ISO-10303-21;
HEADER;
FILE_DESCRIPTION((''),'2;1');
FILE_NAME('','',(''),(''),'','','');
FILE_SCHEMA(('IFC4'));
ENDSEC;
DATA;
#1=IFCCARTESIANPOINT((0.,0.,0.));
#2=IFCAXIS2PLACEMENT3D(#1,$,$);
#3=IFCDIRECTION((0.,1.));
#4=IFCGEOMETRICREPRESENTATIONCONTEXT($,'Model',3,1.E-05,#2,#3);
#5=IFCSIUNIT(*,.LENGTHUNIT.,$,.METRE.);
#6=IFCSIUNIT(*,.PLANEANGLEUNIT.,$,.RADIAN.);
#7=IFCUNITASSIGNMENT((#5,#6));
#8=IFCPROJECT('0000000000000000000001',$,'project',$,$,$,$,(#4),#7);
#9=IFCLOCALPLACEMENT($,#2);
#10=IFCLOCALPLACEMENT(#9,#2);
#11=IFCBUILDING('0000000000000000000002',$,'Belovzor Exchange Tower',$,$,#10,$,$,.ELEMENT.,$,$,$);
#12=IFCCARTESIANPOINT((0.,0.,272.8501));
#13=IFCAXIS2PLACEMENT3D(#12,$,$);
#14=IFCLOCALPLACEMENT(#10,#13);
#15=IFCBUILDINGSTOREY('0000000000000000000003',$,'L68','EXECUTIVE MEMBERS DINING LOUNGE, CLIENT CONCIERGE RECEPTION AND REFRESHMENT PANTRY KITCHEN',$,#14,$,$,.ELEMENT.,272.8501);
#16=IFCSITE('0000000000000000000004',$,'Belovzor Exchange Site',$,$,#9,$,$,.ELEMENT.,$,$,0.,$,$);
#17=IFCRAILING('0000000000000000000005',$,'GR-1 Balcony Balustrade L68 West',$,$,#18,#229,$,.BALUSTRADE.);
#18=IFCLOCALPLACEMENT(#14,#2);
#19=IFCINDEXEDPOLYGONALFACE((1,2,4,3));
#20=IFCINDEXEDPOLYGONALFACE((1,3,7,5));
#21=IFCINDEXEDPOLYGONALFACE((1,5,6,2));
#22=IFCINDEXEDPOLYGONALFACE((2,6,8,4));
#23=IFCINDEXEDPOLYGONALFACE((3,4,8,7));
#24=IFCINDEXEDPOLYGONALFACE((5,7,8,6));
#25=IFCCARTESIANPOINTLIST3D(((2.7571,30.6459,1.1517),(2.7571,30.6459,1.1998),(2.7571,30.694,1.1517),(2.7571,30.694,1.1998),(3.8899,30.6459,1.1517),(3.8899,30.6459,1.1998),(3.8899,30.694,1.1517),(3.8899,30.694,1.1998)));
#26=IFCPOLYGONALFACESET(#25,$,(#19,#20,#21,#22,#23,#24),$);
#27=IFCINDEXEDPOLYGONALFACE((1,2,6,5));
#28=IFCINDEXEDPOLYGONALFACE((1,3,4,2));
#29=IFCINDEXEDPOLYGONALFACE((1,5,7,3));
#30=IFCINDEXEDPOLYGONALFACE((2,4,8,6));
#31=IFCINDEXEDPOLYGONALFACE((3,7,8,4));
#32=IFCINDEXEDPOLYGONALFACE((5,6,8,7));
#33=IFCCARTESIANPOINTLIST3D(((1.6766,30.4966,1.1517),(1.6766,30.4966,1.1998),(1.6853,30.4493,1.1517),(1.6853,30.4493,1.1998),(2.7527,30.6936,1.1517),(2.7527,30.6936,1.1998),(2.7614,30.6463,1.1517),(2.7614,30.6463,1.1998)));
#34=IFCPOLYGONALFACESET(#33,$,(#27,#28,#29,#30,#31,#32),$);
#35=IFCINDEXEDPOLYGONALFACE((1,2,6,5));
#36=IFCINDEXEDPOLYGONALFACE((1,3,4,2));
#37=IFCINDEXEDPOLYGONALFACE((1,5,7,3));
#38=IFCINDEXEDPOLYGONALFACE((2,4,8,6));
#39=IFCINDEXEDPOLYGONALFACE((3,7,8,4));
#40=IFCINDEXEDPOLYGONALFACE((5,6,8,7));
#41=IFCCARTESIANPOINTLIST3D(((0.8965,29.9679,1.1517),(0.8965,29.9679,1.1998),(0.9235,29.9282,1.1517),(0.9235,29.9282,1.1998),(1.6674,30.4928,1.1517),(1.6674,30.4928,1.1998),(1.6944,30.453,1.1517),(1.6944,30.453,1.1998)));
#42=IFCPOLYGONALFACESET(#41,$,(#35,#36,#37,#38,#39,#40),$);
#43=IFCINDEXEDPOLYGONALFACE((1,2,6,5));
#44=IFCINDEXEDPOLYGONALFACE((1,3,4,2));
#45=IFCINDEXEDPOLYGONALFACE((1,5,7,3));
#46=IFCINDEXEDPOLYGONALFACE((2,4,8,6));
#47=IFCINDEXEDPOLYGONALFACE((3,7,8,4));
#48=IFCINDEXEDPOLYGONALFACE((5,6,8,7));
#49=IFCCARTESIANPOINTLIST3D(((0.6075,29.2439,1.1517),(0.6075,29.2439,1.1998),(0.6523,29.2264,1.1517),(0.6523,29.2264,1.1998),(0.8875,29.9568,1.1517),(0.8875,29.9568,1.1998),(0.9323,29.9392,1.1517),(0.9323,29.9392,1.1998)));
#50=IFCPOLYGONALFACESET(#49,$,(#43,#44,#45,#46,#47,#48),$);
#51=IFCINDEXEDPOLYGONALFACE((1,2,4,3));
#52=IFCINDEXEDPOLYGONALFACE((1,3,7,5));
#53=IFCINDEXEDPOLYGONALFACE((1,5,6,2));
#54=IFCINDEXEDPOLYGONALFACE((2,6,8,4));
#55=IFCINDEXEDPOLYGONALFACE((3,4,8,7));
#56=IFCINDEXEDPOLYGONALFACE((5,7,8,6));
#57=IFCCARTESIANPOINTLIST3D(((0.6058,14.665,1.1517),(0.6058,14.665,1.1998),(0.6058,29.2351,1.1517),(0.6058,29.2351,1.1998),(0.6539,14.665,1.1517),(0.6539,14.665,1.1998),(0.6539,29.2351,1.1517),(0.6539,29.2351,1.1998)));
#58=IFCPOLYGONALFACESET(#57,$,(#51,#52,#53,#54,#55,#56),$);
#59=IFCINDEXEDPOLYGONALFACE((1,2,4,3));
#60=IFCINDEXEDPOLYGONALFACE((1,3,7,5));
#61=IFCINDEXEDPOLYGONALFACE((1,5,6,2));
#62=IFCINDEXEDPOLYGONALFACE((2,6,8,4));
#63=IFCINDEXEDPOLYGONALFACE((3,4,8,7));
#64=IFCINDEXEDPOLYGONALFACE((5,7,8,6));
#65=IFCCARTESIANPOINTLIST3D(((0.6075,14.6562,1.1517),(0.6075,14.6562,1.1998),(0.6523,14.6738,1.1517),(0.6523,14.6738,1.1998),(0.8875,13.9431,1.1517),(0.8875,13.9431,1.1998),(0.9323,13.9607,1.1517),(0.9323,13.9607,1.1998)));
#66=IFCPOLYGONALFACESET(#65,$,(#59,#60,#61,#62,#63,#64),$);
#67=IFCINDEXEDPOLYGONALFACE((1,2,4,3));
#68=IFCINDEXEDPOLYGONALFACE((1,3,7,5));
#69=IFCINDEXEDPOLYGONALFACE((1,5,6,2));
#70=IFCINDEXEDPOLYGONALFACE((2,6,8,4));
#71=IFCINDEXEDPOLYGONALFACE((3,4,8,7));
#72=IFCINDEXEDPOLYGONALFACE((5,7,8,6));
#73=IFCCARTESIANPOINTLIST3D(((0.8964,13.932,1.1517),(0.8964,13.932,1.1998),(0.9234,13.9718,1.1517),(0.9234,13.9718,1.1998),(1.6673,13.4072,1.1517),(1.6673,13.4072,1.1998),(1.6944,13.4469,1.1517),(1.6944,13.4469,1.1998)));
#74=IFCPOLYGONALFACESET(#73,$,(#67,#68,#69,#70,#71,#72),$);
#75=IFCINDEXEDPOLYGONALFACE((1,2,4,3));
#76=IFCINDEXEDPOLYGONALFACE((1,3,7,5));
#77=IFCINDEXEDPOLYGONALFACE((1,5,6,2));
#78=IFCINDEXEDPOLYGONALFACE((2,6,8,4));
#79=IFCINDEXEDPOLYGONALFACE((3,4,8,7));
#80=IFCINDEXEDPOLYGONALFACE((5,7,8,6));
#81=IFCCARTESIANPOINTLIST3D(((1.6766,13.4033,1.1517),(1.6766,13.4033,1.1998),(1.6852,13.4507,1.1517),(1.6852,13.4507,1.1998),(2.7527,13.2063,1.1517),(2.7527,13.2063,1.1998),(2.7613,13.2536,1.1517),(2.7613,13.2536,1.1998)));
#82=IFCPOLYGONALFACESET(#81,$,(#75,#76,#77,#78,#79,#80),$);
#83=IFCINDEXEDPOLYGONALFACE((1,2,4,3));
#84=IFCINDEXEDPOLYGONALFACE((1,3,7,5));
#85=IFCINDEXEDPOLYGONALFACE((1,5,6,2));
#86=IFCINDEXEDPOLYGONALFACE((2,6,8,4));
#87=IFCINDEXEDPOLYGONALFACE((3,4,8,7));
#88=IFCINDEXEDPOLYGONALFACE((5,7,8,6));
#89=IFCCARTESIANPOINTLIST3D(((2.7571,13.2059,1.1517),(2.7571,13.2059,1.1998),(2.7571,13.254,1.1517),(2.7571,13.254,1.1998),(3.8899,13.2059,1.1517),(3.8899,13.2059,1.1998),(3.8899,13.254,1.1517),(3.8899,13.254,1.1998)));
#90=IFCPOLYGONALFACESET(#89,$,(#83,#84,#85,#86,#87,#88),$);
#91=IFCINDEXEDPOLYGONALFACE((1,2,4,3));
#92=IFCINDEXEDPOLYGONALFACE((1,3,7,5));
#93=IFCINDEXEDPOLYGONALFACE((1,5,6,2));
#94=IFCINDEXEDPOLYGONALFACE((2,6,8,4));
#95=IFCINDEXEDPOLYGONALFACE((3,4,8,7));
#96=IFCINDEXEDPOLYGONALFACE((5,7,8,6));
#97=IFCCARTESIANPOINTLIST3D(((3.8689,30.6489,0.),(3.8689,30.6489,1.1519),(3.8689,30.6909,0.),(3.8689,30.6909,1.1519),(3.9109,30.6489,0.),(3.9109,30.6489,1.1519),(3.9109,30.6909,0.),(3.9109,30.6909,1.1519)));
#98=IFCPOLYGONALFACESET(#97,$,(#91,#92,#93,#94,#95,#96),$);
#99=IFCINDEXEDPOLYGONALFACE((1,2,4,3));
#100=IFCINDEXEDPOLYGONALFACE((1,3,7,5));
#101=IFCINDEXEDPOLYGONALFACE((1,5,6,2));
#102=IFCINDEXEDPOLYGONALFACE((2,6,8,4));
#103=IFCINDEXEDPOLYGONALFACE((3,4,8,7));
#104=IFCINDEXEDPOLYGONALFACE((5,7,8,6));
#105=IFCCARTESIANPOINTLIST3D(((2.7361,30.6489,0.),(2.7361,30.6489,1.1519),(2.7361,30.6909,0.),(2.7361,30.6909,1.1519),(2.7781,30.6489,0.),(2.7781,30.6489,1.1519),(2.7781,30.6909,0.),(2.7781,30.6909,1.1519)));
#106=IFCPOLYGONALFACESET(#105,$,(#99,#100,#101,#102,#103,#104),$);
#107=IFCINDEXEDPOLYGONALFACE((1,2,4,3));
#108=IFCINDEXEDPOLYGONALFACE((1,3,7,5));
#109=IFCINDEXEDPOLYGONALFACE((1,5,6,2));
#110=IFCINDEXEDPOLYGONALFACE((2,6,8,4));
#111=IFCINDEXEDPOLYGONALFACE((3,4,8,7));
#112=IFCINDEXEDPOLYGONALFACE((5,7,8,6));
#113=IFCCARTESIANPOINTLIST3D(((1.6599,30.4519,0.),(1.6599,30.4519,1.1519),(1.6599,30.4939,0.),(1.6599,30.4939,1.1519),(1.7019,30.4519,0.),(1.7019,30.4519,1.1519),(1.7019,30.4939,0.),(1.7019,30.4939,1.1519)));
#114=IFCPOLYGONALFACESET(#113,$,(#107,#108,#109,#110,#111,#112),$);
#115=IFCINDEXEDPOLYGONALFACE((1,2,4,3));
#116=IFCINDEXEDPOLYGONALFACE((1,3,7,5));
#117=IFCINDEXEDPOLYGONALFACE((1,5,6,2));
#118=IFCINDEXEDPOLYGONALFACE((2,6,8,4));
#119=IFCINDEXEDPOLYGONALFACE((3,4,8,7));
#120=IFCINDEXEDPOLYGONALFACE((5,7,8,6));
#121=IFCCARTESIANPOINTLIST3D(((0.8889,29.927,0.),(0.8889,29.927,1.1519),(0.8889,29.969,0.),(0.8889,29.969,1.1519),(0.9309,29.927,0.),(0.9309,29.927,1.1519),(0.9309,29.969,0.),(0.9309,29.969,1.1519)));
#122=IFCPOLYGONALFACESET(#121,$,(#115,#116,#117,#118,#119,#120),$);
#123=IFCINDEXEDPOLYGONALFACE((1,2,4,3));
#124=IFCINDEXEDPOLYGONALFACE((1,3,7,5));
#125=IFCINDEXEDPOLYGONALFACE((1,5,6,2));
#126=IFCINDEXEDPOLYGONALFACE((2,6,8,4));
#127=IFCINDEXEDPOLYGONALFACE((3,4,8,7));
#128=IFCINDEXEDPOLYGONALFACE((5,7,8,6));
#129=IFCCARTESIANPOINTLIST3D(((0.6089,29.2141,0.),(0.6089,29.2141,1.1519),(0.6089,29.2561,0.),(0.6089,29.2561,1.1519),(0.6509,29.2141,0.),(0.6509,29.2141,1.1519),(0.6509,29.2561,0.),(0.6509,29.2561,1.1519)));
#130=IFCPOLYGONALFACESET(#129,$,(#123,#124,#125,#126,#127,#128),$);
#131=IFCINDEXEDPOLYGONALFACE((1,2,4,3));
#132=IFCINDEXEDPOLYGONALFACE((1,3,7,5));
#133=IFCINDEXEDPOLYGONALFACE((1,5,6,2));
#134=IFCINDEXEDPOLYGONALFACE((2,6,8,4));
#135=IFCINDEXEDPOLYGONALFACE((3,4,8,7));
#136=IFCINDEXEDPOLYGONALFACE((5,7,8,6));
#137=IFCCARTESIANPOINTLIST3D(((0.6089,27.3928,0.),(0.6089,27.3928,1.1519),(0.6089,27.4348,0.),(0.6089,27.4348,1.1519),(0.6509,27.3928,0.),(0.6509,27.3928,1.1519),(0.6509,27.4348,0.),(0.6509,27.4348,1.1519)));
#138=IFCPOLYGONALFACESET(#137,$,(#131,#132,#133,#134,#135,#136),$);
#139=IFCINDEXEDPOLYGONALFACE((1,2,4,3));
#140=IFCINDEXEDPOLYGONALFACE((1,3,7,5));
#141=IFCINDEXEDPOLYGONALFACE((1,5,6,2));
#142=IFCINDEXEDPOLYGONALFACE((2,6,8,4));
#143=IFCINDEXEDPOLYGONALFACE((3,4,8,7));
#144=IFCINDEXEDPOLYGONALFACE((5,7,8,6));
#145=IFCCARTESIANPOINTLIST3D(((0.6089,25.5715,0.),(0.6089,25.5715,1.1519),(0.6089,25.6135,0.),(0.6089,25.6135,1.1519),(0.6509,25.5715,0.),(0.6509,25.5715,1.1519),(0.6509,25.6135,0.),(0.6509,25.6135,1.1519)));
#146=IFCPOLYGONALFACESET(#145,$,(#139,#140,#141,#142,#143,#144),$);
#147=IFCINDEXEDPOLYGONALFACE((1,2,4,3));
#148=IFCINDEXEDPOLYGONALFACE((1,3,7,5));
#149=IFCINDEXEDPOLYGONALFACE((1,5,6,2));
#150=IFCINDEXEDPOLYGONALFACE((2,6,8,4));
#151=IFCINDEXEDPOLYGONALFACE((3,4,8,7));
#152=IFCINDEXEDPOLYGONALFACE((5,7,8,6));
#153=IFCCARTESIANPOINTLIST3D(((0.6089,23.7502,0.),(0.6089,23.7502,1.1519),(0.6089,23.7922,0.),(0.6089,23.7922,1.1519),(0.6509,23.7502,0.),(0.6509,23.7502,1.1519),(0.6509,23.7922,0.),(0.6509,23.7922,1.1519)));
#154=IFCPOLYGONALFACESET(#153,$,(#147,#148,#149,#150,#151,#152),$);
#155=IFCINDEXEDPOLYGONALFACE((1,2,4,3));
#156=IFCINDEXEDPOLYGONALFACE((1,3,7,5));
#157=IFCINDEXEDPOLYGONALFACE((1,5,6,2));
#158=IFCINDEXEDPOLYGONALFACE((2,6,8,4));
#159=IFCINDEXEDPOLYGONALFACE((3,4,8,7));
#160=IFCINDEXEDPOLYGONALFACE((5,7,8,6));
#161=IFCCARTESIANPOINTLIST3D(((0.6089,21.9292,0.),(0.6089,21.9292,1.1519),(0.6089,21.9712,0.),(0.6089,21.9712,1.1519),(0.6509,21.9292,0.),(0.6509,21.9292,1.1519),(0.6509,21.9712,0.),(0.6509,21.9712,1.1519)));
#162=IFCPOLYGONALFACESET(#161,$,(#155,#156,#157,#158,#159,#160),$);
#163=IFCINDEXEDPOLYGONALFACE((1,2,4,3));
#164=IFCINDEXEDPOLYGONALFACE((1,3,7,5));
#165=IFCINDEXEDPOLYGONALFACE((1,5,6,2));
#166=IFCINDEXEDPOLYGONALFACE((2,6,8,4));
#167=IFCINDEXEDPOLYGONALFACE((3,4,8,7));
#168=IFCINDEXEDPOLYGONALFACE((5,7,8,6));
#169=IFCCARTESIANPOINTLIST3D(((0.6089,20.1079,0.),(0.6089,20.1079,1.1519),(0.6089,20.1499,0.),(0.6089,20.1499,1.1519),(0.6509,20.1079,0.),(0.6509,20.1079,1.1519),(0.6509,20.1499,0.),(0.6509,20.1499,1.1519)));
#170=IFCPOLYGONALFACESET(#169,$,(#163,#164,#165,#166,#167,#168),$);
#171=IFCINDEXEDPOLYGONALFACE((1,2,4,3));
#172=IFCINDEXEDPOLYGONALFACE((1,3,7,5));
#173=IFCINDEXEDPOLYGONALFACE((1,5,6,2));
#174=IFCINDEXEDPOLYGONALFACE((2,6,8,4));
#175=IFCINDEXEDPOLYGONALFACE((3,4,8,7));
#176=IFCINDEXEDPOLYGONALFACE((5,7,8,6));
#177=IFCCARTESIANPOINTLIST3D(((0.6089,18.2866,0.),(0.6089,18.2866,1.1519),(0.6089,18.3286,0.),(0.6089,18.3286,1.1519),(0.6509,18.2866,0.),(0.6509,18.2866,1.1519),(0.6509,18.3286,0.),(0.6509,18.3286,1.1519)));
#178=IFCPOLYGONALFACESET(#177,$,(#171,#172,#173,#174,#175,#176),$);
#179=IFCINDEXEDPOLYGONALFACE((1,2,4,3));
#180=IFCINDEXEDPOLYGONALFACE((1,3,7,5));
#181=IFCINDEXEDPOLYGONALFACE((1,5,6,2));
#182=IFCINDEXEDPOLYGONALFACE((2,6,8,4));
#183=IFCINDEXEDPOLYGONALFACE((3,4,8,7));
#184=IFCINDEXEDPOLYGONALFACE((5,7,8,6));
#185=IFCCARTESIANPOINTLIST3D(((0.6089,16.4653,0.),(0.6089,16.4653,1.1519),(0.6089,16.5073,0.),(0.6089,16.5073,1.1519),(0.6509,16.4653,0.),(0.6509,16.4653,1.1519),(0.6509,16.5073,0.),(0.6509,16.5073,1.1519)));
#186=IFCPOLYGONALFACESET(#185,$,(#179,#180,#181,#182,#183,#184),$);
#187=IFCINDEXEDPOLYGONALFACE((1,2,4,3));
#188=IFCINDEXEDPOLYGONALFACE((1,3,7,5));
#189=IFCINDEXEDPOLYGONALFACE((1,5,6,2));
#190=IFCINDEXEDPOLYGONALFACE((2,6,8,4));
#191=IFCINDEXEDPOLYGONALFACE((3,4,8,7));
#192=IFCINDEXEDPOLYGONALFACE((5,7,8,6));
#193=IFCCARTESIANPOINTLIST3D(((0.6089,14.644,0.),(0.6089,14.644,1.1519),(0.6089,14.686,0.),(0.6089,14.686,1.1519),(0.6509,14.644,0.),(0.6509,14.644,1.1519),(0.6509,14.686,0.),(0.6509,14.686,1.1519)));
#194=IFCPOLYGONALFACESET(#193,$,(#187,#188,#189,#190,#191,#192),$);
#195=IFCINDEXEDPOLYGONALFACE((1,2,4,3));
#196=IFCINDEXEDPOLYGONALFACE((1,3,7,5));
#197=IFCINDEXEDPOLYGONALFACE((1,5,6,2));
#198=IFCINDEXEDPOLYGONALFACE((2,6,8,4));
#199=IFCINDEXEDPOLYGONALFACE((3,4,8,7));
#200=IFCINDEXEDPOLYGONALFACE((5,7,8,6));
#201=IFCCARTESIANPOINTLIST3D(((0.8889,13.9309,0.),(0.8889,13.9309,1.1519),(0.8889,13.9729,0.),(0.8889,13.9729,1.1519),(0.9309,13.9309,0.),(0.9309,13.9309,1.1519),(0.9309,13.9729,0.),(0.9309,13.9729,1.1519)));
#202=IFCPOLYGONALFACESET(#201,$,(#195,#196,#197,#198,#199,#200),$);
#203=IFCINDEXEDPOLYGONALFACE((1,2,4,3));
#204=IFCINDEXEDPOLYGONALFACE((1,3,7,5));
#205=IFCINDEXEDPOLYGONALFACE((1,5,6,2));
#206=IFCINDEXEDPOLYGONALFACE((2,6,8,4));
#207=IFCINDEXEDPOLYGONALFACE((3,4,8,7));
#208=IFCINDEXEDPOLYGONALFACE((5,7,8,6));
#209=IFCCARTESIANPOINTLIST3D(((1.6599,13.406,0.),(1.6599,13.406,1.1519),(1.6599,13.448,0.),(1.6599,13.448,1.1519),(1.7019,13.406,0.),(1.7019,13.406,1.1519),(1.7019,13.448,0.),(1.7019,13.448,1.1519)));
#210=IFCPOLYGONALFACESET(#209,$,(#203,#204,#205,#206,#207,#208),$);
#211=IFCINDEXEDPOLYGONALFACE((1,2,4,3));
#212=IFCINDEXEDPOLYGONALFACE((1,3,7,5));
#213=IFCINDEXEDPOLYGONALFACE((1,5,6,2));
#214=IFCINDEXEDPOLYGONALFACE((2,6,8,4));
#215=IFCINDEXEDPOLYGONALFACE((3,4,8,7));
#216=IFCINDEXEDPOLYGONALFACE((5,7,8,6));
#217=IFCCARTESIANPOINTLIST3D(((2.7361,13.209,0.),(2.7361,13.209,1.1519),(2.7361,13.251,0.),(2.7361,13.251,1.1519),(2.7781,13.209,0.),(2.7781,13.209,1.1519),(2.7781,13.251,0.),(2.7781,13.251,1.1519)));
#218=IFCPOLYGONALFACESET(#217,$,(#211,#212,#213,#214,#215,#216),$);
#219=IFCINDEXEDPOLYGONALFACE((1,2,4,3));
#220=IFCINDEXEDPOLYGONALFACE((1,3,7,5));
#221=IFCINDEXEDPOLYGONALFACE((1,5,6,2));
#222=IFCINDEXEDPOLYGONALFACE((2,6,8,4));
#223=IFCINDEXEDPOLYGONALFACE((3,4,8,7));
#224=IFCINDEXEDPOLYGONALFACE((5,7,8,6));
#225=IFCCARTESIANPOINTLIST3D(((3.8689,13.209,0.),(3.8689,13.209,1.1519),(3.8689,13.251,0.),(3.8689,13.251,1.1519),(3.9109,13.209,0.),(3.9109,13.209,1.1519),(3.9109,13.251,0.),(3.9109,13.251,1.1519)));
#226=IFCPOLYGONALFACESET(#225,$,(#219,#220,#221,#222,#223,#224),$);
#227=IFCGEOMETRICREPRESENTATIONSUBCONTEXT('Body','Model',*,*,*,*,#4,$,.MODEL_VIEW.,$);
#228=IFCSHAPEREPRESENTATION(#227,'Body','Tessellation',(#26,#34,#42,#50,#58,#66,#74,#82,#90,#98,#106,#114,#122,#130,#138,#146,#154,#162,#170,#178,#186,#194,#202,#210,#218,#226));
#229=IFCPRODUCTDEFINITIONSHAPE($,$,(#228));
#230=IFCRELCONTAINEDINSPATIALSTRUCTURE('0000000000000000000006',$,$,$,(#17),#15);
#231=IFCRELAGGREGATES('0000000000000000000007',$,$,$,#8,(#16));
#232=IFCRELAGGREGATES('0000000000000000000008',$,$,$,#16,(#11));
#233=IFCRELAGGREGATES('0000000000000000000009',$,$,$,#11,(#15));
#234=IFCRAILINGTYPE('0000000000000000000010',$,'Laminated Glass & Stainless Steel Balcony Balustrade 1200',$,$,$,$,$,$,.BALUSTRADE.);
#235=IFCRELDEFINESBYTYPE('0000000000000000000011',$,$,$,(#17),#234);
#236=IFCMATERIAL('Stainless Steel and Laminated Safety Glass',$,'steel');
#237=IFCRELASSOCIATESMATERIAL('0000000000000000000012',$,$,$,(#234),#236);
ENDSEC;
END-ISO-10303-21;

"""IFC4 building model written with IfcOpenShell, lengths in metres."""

from ifc_helpers import new_model, si_unit, direction, frame, origin, origin_2d, place, context, subcontext, project, spatial, rectangle, extrude, material, type_object, element, save


model = new_model("IFC4")

# Units and contexts
model_context = context("Model", 3, precision=1e-05, world=origin(), true_north=direction((0.0, 1.0)))
body_context = subcontext(model_context, "Body", "Model", "MODEL_VIEW")
ifc_project = project(units=[si_unit("LENGTHUNIT", "METRE"), si_unit("PLANEANGLEUNIT", "RADIAN")], contexts=[model_context])

# Site, building, storey
site_placement = place(None, origin())
site = spatial("IfcSite", under=ifc_project, at=site_placement, Name="Belovzor Exchange Site", CompositionType="ELEMENT", RefElevation=0.0)
building_placement = place(site_placement, origin())
building = spatial("IfcBuilding", under=site, at=building_placement, Name="Belovzor Exchange Tower", CompositionType="ELEMENT")
storey_placement = place(building_placement, frame((0.0, 0.0, 272.8501)))
storey = spatial("IfcBuildingStorey", under=building, at=storey_placement, Name="L68", Description="EXECUTIVE MEMBERS DINING LOUNGE, CLIENT CONCIERGE RECEPTION AND REFRESHMENT PANTRY KITCHEN", CompositionType="ELEMENT", Elevation=272.8501)

# Railing
ifc_material_1 = material(Name="Stainless Steel and Laminated Safety Glass", Category="steel")
railing_type = type_object("IfcRailingType", Name="Laminated Glass & Stainless Steel Balcony Balustrade 1200", PredefinedType="BALUSTRADE", material=ifc_material_1)
railing_placement = place(storey_placement, frame((3.8899, 30.6699, 0.0)))
element("IfcRailing", 1, at=railing_placement, inside=storey, type_object=railing_type, Name="GR-1 Balcony Balustrade L68 West", PredefinedType="BALUSTRADE", context=body_context, shape_type="SweptSolid", body=[
    extrude(rectangle(XDim=0.0481, YDim=0.0481, at=origin_2d()), frame((0.0, 0.0, 1.1758), z_axis=(-1.0, 0.0, 0.0), x_axis=(0.0, -1.0, 0.0)), (0.0, 0.0, 1.0), 1.1328),
    extrude(rectangle(XDim=0.0481, YDim=0.0481, at=origin_2d()), frame((-1.1328, 0.0, 1.1758), z_axis=(-0.983651, -0.180083, 0.0), x_axis=(0.180083, -0.983651, 0.0)), (0.0, 0.0, 1.0), 1.094),
    extrude(rectangle(XDim=0.0481, YDim=0.0481, at=origin_2d()), frame((-2.209, -0.197, 1.1758), z_axis=(-0.826615, -0.562768, 0.0), x_axis=(0.562768, -0.826615, 0.0)), (0.0, 0.0, 1.0), 0.9326),
    extrude(rectangle(XDim=0.0481, YDim=0.0481, at=origin_2d()), frame((-2.98, -0.7219, 1.1758), z_axis=(-0.365613, -0.930767, 0.0), x_axis=(0.930767, -0.365613, 0.0)), (0.0, 0.0, 1.0), 0.7659),
    extrude(rectangle(XDim=0.0481, YDim=0.0481, at=origin_2d()), frame((-3.26, -1.4348, 1.1758), z_axis=(0.0, -1.0, 0.0), x_axis=(1.0, 0.0, 0.0)), (0.0, 0.0, 1.0), 14.5701),
    extrude(rectangle(XDim=0.0481, YDim=0.0481, at=origin_2d()), frame((-3.26, -16.0049, 1.1758), z_axis=(0.365504, -0.93081, 0.0), x_axis=(0.93081, 0.365504, 0.0)), (0.0, 0.0, 1.0), 0.7661),
    extrude(rectangle(XDim=0.0481, YDim=0.0481, at=origin_2d()), frame((-2.98, -16.718, 1.1758), z_axis=(0.826615, -0.562768, 0.0), x_axis=(0.562768, 0.826615, 0.0)), (0.0, 0.0, 1.0), 0.9326),
    extrude(rectangle(XDim=0.0481, YDim=0.0481, at=origin_2d()), frame((-2.209, -17.2429, 1.1758), z_axis=(0.983651, -0.180083, 0.0), x_axis=(0.180083, 0.983651, 0.0)), (0.0, 0.0, 1.0), 1.094),
    extrude(rectangle(XDim=0.0481, YDim=0.0481, at=origin_2d()), frame((-1.1328, -17.4399, 1.1758), z_axis=(1.0, 0.0, 0.0), x_axis=(0.0, 1.0, 0.0)), (0.0, 0.0, 1.0), 1.1328),
    extrude(rectangle(XDim=0.042, YDim=0.042, at=origin_2d()), origin(), (0.0, 0.0, 1.0), 1.1519),
    extrude(rectangle(XDim=0.042, YDim=0.042, at=origin_2d()), frame((-1.1328, 0.0, 0.0)), (0.0, 0.0, 1.0), 1.1519),
    extrude(rectangle(XDim=0.042, YDim=0.042, at=origin_2d()), frame((-2.209, -0.197, 0.0)), (0.0, 0.0, 1.0), 1.1519),
    extrude(rectangle(XDim=0.042, YDim=0.042, at=origin_2d()), frame((-2.98, -0.7219, 0.0)), (0.0, 0.0, 1.0), 1.1519),
    extrude(rectangle(XDim=0.042, YDim=0.042, at=origin_2d()), frame((-3.26, -1.4348, 0.0)), (0.0, 0.0, 1.0), 1.1519),
    extrude(rectangle(XDim=0.042, YDim=0.042, at=origin_2d()), frame((-3.26, -3.2561, 0.0)), (0.0, 0.0, 1.0), 1.1519),
    extrude(rectangle(XDim=0.042, YDim=0.042, at=origin_2d()), frame((-3.26, -5.0774, 0.0)), (0.0, 0.0, 1.0), 1.1519),
    extrude(rectangle(XDim=0.042, YDim=0.042, at=origin_2d()), frame((-3.26, -6.8987, 0.0)), (0.0, 0.0, 1.0), 1.1519),
    extrude(rectangle(XDim=0.042, YDim=0.042, at=origin_2d()), frame((-3.26, -8.7197, 0.0)), (0.0, 0.0, 1.0), 1.1519),
    extrude(rectangle(XDim=0.042, YDim=0.042, at=origin_2d()), frame((-3.26, -10.541, 0.0)), (0.0, 0.0, 1.0), 1.1519),
    extrude(rectangle(XDim=0.042, YDim=0.042, at=origin_2d()), frame((-3.26, -12.3623, 0.0)), (0.0, 0.0, 1.0), 1.1519),
    extrude(rectangle(XDim=0.042, YDim=0.042, at=origin_2d()), frame((-3.26, -14.1836, 0.0)), (0.0, 0.0, 1.0), 1.1519),
    extrude(rectangle(XDim=0.042, YDim=0.042, at=origin_2d()), frame((-3.26, -16.0049, 0.0)), (0.0, 0.0, 1.0), 1.1519),
    extrude(rectangle(XDim=0.042, YDim=0.042, at=origin_2d()), frame((-2.98, -16.718, 0.0)), (0.0, 0.0, 1.0), 1.1519),
    extrude(rectangle(XDim=0.042, YDim=0.042, at=origin_2d()), frame((-2.209, -17.2429, 0.0)), (0.0, 0.0, 1.0), 1.1519),
    extrude(rectangle(XDim=0.042, YDim=0.042, at=origin_2d()), frame((-1.1328, -17.4399, 0.0)), (0.0, 0.0, 1.0), 1.1519),
    extrude(rectangle(XDim=0.042, YDim=0.042, at=origin_2d()), frame((0.0, -17.4399, 0.0)), (0.0, 0.0, 1.0), 1.1519),
])

save(model, "model.ifc")
